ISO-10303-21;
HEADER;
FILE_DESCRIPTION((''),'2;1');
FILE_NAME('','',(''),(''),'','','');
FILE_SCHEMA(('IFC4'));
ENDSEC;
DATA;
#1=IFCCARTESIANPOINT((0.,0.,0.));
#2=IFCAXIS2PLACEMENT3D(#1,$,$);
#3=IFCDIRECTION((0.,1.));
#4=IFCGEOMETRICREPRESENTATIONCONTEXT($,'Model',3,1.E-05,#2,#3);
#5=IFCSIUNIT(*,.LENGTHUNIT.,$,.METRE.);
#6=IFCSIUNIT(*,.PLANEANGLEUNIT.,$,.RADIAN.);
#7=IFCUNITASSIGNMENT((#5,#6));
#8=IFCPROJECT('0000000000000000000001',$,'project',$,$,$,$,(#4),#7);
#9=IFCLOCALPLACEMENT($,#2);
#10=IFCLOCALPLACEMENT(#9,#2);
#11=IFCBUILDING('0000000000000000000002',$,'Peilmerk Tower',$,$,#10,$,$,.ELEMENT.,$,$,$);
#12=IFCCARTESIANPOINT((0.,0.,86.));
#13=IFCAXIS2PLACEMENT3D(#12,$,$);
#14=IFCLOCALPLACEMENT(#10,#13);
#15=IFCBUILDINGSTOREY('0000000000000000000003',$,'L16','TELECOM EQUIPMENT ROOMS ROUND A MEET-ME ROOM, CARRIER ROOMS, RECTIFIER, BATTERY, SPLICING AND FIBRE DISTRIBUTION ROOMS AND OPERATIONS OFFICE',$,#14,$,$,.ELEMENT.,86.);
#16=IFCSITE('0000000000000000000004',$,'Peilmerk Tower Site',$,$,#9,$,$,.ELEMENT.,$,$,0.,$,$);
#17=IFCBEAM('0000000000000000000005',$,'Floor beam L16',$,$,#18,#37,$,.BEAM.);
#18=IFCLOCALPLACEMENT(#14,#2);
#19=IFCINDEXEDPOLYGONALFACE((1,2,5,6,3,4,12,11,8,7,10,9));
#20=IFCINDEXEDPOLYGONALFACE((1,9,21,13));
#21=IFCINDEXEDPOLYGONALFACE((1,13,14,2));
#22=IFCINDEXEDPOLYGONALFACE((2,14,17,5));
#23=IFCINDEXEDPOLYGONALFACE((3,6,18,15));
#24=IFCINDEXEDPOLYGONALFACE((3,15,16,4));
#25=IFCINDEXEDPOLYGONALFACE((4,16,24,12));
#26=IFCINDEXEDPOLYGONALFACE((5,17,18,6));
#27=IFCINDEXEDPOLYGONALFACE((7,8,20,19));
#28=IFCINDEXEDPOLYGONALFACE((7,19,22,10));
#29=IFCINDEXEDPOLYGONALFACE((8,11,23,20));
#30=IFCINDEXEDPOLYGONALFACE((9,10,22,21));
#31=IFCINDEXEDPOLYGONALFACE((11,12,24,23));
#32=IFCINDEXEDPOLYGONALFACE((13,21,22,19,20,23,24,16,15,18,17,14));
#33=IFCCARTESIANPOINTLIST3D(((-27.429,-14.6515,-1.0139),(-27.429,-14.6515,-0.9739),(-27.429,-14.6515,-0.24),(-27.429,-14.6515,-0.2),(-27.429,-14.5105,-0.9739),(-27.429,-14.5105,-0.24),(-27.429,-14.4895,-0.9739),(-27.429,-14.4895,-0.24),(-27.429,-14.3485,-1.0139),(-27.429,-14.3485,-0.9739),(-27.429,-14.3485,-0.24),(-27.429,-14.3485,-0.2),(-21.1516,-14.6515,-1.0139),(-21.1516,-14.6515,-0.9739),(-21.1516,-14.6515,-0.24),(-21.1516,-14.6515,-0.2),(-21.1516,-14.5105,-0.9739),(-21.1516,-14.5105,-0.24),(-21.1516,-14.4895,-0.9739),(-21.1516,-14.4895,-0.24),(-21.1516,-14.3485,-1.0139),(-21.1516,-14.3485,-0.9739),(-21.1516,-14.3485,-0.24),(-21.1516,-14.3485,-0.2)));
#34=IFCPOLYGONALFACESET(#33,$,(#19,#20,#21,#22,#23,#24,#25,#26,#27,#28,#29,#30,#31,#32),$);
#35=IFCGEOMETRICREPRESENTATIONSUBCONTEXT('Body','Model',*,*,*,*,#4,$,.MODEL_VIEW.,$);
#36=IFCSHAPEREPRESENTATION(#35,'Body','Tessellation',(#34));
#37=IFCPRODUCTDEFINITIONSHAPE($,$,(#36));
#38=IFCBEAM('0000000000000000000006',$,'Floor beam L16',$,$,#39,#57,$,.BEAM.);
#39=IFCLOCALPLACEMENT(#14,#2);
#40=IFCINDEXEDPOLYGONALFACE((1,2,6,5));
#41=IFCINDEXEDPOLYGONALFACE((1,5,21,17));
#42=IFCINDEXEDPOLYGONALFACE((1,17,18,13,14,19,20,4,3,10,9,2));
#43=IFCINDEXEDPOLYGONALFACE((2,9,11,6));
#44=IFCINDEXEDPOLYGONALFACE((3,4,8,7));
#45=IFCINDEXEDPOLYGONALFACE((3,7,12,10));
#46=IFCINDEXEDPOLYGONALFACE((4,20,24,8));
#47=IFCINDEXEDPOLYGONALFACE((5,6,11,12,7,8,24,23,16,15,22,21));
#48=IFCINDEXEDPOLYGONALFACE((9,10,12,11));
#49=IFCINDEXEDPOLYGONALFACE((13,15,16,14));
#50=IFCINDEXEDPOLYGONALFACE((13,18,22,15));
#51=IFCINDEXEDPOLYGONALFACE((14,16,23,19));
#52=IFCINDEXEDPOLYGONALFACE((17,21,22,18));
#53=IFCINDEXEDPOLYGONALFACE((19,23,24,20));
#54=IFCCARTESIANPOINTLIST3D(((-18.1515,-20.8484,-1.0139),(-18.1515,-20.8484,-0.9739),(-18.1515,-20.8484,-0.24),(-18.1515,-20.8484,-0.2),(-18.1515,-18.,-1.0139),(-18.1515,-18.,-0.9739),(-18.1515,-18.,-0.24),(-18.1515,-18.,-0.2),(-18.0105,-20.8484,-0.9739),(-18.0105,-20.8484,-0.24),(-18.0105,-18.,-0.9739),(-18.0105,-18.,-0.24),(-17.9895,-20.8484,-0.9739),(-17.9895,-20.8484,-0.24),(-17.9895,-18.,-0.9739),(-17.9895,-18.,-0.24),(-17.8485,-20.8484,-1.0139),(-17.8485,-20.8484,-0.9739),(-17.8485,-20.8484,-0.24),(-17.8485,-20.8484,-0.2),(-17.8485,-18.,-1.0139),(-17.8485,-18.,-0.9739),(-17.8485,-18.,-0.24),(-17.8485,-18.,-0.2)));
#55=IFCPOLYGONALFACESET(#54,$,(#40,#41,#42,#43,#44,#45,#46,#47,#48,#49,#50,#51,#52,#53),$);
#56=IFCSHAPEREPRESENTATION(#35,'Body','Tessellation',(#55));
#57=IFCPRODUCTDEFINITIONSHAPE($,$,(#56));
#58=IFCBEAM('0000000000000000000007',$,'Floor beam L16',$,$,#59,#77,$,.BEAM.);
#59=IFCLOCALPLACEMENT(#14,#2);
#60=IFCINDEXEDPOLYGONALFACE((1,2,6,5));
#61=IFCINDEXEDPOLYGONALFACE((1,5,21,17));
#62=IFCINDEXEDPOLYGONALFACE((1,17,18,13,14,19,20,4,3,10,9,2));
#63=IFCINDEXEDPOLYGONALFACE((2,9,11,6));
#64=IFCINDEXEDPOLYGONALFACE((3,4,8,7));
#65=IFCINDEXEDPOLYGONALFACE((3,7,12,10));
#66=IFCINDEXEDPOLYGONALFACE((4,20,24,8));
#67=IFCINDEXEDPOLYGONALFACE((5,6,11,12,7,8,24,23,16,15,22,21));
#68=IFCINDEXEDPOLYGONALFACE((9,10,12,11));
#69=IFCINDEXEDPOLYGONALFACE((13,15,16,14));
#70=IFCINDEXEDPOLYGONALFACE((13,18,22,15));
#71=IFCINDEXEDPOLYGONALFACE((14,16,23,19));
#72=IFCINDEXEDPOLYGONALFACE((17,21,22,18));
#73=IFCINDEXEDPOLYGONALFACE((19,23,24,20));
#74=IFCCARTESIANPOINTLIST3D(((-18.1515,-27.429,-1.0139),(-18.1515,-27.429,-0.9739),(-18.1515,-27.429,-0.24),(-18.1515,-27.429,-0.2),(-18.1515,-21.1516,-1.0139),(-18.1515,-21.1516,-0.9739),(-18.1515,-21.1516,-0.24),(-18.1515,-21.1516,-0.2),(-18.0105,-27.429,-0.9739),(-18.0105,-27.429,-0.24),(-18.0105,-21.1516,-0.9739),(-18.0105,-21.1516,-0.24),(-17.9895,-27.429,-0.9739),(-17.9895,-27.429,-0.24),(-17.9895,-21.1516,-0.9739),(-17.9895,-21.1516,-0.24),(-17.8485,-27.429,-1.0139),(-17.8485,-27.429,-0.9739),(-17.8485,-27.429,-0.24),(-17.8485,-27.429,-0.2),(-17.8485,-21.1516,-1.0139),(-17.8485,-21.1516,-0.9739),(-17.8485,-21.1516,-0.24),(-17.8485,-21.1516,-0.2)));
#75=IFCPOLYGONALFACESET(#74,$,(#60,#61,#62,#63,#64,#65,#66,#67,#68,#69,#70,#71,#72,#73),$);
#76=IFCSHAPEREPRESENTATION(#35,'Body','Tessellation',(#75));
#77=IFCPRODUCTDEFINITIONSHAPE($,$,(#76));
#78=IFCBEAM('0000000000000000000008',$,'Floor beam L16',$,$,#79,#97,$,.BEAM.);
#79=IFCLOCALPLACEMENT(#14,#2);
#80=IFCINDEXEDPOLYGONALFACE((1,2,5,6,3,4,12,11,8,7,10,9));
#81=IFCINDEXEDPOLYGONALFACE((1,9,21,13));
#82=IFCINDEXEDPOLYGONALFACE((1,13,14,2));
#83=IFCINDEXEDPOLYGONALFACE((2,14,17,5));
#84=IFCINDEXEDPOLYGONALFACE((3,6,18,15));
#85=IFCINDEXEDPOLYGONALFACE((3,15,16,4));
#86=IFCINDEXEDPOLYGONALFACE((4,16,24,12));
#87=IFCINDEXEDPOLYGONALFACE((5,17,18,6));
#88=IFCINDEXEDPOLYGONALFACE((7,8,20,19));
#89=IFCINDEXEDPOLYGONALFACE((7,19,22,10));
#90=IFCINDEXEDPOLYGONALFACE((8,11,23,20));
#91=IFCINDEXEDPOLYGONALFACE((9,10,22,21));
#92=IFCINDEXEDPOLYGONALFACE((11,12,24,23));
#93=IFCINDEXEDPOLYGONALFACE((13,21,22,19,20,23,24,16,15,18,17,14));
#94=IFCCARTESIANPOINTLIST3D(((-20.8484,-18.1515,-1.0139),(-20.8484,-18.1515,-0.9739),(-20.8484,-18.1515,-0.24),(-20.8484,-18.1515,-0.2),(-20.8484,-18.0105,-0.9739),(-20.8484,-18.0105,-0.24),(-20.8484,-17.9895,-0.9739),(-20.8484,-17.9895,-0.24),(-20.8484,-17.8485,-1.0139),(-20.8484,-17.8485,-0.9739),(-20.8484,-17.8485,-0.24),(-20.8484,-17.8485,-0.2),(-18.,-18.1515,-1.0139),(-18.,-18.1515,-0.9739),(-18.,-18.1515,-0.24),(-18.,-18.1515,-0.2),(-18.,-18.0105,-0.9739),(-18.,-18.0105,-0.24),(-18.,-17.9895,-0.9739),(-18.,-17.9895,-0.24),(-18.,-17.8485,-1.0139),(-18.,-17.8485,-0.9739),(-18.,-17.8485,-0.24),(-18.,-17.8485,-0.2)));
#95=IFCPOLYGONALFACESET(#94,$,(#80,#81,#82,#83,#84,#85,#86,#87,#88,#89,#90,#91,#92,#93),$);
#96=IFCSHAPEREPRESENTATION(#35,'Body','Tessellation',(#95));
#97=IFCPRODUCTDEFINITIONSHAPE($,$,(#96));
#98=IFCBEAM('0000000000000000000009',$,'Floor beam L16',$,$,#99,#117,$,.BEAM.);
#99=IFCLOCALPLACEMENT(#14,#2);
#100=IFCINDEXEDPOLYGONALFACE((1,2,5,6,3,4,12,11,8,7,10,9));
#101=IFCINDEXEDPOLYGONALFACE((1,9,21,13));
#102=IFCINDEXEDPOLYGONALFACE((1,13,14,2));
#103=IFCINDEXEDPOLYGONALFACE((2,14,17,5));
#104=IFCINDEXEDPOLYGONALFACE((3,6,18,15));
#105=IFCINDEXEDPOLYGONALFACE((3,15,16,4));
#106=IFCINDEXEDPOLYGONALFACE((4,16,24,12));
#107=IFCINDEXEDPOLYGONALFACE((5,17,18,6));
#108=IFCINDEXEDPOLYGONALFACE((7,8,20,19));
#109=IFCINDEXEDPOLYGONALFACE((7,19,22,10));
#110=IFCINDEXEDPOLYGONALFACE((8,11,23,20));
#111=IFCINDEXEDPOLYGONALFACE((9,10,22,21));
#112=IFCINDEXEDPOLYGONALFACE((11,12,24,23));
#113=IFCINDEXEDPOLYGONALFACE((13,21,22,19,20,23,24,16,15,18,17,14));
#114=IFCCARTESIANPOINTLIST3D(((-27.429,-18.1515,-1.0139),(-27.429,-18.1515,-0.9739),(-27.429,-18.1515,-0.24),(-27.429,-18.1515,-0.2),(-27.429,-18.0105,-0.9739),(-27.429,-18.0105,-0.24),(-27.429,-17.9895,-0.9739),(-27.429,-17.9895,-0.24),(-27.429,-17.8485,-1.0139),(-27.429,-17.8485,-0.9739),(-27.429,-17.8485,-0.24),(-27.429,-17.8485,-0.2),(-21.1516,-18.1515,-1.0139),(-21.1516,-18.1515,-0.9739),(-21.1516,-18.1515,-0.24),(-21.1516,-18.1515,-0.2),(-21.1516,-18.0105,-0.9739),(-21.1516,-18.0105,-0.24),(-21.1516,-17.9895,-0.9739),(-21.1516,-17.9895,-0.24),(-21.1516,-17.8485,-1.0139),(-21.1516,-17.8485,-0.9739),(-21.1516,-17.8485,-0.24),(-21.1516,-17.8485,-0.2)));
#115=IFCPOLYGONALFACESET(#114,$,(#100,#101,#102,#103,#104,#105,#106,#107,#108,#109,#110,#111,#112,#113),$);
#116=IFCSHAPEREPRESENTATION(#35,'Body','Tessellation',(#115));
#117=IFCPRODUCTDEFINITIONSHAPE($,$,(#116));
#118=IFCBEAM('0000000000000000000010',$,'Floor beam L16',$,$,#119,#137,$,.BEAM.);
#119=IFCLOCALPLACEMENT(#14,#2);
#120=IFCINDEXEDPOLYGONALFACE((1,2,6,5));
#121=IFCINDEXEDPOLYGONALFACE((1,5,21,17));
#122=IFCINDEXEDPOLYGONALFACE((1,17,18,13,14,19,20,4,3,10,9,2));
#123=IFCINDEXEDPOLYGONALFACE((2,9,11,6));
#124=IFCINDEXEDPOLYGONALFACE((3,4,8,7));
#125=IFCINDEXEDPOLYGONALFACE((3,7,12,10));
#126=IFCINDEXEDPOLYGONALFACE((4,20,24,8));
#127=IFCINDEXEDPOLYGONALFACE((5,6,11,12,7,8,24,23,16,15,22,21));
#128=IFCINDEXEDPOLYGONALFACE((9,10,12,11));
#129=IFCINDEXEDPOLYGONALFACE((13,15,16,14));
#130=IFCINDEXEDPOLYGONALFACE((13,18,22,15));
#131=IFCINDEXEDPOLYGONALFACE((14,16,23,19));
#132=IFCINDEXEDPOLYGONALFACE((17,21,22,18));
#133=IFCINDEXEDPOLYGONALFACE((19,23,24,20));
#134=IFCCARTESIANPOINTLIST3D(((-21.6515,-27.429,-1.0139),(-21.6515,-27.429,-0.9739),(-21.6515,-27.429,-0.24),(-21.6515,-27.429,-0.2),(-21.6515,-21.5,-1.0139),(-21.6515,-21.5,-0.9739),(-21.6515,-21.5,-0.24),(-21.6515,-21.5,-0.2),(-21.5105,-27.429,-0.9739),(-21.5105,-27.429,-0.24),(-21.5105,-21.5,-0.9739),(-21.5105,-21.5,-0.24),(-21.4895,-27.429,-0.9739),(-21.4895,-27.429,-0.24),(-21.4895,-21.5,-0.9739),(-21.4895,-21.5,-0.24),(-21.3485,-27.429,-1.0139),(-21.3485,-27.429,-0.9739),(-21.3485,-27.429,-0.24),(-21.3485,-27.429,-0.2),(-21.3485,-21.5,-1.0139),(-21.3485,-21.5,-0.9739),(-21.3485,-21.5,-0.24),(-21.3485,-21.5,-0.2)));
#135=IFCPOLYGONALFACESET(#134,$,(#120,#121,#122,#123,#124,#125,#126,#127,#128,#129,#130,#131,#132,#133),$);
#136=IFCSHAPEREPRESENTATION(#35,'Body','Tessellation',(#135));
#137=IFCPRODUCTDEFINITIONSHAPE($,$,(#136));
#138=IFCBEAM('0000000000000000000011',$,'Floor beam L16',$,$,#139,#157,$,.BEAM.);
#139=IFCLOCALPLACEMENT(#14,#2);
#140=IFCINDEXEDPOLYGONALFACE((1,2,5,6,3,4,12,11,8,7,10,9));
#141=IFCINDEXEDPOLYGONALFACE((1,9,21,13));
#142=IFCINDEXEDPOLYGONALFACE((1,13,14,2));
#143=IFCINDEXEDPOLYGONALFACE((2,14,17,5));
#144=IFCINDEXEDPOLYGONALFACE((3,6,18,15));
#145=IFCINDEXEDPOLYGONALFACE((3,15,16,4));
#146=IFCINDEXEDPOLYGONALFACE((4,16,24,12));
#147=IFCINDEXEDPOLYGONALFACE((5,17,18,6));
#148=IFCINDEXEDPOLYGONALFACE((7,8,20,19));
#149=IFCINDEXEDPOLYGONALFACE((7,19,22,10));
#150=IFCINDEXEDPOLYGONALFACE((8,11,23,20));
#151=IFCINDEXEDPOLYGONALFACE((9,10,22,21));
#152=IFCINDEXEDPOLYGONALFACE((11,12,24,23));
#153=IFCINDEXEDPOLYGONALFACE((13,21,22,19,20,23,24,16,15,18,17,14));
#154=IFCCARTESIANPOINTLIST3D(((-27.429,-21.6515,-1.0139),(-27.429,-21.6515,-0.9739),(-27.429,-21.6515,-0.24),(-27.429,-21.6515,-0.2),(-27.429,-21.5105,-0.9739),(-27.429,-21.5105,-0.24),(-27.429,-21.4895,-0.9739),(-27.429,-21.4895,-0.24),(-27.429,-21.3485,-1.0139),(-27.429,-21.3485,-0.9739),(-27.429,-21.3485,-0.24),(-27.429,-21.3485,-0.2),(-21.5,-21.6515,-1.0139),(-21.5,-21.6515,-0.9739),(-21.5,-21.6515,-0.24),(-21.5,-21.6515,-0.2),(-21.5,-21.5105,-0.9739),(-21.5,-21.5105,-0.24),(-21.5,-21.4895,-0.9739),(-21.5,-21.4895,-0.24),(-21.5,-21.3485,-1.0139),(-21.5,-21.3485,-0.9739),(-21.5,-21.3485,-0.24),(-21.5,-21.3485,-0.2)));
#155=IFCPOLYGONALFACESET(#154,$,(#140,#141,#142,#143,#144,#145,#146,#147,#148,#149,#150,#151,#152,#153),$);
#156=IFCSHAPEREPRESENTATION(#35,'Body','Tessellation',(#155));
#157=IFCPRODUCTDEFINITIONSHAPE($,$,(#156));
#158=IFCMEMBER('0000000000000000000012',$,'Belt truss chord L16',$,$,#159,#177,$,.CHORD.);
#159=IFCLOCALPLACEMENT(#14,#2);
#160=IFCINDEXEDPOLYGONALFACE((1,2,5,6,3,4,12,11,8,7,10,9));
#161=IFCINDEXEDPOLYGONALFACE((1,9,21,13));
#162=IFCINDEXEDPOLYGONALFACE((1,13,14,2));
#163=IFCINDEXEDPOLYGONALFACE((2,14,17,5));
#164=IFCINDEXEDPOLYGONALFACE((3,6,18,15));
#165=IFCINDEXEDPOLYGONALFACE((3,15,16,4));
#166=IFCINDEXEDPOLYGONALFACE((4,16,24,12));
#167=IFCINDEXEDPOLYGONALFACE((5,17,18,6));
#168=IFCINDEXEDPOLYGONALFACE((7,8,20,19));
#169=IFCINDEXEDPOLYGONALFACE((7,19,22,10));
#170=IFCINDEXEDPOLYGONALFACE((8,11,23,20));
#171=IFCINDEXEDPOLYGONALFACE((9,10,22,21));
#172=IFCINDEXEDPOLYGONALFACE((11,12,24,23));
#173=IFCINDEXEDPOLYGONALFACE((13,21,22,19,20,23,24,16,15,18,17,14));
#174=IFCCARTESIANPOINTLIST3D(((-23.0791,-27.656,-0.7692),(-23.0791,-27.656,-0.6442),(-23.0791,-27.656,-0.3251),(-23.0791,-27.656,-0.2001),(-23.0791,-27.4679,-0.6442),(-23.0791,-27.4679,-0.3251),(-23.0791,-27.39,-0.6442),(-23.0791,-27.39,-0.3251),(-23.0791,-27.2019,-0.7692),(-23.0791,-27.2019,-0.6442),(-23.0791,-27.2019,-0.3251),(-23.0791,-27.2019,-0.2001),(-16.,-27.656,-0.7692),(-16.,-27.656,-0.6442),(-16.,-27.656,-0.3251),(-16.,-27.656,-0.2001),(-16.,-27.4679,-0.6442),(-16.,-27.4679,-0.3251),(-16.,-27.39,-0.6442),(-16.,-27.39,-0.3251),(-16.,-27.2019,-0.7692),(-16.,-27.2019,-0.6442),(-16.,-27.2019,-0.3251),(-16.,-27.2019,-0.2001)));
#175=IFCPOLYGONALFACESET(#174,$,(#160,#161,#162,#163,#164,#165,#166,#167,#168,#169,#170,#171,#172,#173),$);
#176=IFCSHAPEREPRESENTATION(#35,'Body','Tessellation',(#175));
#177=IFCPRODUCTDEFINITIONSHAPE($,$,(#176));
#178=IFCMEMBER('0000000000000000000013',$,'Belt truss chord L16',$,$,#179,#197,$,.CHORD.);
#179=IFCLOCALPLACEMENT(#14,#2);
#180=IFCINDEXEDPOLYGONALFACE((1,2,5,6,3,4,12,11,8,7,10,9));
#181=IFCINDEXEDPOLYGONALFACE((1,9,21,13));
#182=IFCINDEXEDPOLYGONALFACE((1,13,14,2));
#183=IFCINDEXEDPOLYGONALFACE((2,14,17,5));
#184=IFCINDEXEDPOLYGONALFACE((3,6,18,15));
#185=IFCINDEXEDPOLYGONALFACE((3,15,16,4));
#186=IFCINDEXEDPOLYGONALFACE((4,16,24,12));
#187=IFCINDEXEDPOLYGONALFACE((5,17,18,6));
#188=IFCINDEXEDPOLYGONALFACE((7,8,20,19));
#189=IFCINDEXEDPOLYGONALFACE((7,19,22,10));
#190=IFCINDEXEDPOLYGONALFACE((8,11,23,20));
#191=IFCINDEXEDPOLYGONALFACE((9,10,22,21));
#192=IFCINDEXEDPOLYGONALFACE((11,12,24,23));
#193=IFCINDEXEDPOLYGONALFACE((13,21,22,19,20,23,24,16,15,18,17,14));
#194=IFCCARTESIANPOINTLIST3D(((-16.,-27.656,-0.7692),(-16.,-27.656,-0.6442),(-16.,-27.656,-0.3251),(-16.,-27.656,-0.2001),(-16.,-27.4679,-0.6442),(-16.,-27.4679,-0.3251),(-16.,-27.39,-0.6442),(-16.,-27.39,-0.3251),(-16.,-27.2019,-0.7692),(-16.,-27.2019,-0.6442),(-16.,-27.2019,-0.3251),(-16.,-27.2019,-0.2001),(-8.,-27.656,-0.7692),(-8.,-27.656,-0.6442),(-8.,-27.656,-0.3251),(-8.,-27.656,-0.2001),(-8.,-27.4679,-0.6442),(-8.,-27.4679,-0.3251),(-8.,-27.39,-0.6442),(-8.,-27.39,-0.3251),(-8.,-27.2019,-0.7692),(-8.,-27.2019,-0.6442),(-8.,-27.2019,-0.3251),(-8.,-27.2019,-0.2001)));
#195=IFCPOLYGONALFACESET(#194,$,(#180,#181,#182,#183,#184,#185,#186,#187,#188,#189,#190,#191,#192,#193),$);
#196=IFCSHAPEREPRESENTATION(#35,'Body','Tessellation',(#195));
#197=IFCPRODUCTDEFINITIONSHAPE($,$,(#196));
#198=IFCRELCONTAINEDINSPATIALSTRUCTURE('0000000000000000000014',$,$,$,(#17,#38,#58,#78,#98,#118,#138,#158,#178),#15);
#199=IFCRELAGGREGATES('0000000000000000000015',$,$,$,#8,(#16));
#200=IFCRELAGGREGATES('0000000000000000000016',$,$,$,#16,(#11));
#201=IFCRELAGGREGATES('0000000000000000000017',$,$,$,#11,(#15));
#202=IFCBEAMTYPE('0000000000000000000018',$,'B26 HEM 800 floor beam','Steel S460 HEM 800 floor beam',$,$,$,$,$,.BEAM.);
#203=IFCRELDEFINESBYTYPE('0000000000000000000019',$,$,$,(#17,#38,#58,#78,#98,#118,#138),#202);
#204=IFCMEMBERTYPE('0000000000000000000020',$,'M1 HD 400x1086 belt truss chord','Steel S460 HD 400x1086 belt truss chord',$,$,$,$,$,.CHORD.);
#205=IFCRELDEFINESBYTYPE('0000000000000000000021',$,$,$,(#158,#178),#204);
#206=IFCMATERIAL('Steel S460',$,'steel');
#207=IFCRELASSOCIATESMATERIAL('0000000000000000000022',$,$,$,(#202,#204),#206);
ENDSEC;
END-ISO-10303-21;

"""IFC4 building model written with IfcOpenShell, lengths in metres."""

from ifc_helpers import new_model, si_unit, direction, frame, origin, origin_2d, place, context, subcontext, project, spatial, i_section, extrude, material, material_profile, profile_set, type_object, element, save


model = new_model("IFC4")

# Units and contexts
model_context = context("Model", 3, precision=1e-05, world=origin(), true_north=direction((0.0, 1.0)))
body_context = subcontext(model_context, "Body", "Model", "MODEL_VIEW")
ifc_project = project(units=[si_unit("LENGTHUNIT", "METRE"), si_unit("PLANEANGLEUNIT", "RADIAN")], contexts=[model_context])

# Site, building, storey
site_placement = place(None, origin())
site = spatial("IfcSite", under=ifc_project, at=site_placement, Name="Peilmerk Tower Site", CompositionType="ELEMENT", RefElevation=0.0)
building_placement = place(site_placement, origin())
building = spatial("IfcBuilding", under=site, at=building_placement, Name="Peilmerk Tower", CompositionType="ELEMENT")
storey_placement = place(building_placement, frame((0.0, 0.0, 86.0)))
storey = spatial("IfcBuildingStorey", under=building, at=storey_placement, Name="L16", Description="TELECOM EQUIPMENT ROOMS ROUND A MEET-ME ROOM, CARRIER ROOMS, RECTIFIER, BATTERY, SPLICING AND FIBRE DISTRIBUTION ROOMS AND OPERATIONS OFFICE", CompositionType="ELEMENT", Elevation=86.0)

# Shared definitions
ifc_material_1 = material(Name="Steel S460", Category="steel")

# Beams
ifc_material_profile_1 = material_profile(ifc_material_1, i_section(OverallWidth=0.303, OverallDepth=0.814, WebThickness=0.021, FlangeThickness=0.04, at=origin_2d()), Name="HEM 800")
ifc_profile_set_1 = profile_set([ifc_material_profile_1], Name="Steel S460")
beam_type_1 = type_object("IfcBeamType", Name="B26 HEM 800 floor beam", Description="Steel S460 HEM 800 floor beam", PredefinedType="BEAM", material=ifc_profile_set_1)
beam_1_placement = place(storey_placement, frame((-21.1516, -14.5, -0.6069), z_axis=(-1.0, 0.0, 0.0), x_axis=(0.0, -1.0, 0.0)))
element("IfcBeam", 1, at=beam_1_placement, inside=storey, type_object=beam_type_1, Name="Floor beam L16", PredefinedType="BEAM", context=body_context, shape_type="SweptSolid", body=[
    extrude(i_section(OverallWidth=0.303, OverallDepth=0.814, WebThickness=0.021, FlangeThickness=0.04, at=origin_2d()), origin(), (0.0, 0.0, 1.0), 6.2773),
])
beam_2_placement = place(storey_placement, frame((-18.0, -18.0, -0.6069), z_axis=(0.0, -1.0, 0.0), x_axis=(1.0, 0.0, 0.0)))
element("IfcBeam", 2, at=beam_2_placement, inside=storey, type_object=beam_type_1, Name="Floor beam L16", PredefinedType="BEAM", context=body_context, shape_type="SweptSolid", body=[
    extrude(i_section(OverallWidth=0.303, OverallDepth=0.814, WebThickness=0.021, FlangeThickness=0.04, at=origin_2d()), origin(), (0.0, 0.0, 1.0), 2.8484),
])
beam_3_placement = place(storey_placement, frame((-18.0, -21.1516, -0.6069), z_axis=(0.0, -1.0, 0.0), x_axis=(1.0, 0.0, 0.0)))
element("IfcBeam", 3, at=beam_3_placement, inside=storey, type_object=beam_type_1, Name="Floor beam L16", PredefinedType="BEAM", context=body_context, shape_type="SweptSolid", body=[
    extrude(i_section(OverallWidth=0.303, OverallDepth=0.814, WebThickness=0.021, FlangeThickness=0.04, at=origin_2d()), origin(), (0.0, 0.0, 1.0), 6.2773),
])
beam_4_placement = place(storey_placement, frame((-18.0, -18.0, -0.6069), z_axis=(-1.0, 0.0, 0.0), x_axis=(0.0, -1.0, 0.0)))
element("IfcBeam", 4, at=beam_4_placement, inside=storey, type_object=beam_type_1, Name="Floor beam L16", PredefinedType="BEAM", context=body_context, shape_type="SweptSolid", body=[
    extrude(i_section(OverallWidth=0.303, OverallDepth=0.814, WebThickness=0.021, FlangeThickness=0.04, at=origin_2d()), origin(), (0.0, 0.0, 1.0), 2.8484),
])
beam_5_placement = place(storey_placement, frame((-21.1516, -18.0, -0.6069), z_axis=(-1.0, 0.0, 0.0), x_axis=(0.0, -1.0, 0.0)))
element("IfcBeam", 5, at=beam_5_placement, inside=storey, type_object=beam_type_1, Name="Floor beam L16", PredefinedType="BEAM", context=body_context, shape_type="SweptSolid", body=[
    extrude(i_section(OverallWidth=0.303, OverallDepth=0.814, WebThickness=0.021, FlangeThickness=0.04, at=origin_2d()), origin(), (0.0, 0.0, 1.0), 6.2773),
])
for number, where, z_axis, x_axis, name in (
    (6, (-21.5, -21.5, -0.6069), (0.0, -1.0, 0.0), (1.0, 0.0, 0.0), "Floor beam L16"),
    (7, (-21.5, -21.5, -0.6069), (-1.0, 0.0, 0.0), (0.0, -1.0, 0.0), "Floor beam L16"),
):
    element("IfcBeam", number, at=place(storey_placement, frame(where, z_axis=z_axis, x_axis=x_axis)), inside=storey, type_object=beam_type_1, Name=name, PredefinedType="BEAM", context=body_context, shape_type="SweptSolid", body=[
        extrude(i_section(OverallWidth=0.303, OverallDepth=0.814, WebThickness=0.021, FlangeThickness=0.04, at=origin_2d()), origin(), (0.0, 0.0, 1.0), 5.929),
    ])

# Members
ifc_material_profile_2 = material_profile(ifc_material_1, i_section(OverallWidth=0.4541, OverallDepth=0.5691, WebThickness=0.0779, FlangeThickness=0.125, at=origin_2d()), Name="HD 400x1086")
ifc_profile_set_2 = profile_set([ifc_material_profile_2], Name="Steel S460")
member_type = type_object("IfcMemberType", Name="M1 HD 400x1086 belt truss chord", Description="Steel S460 HD 400x1086 belt truss chord", PredefinedType="CHORD", material=ifc_profile_set_2)
member_1_placement = place(storey_placement, frame((-23.0791, -27.429, -0.4846), z_axis=(1.0, 0.0, 0.0), x_axis=(0.0, 1.0, 0.0)))
element("IfcMember", 8, at=member_1_placement, inside=storey, type_object=member_type, Name="Belt truss chord L16", PredefinedType="CHORD", context=body_context, shape_type="SweptSolid", body=[
    extrude(i_section(OverallWidth=0.4541, OverallDepth=0.5691, WebThickness=0.0779, FlangeThickness=0.125, at=origin_2d()), origin(), (0.0, 0.0, 1.0), 7.0791),
])
member_2_placement = place(storey_placement, frame((-16.0, -27.429, -0.4846), z_axis=(1.0, 0.0, 0.0), x_axis=(0.0, 1.0, 0.0)))
element("IfcMember", 9, at=member_2_placement, inside=storey, type_object=member_type, Name="Belt truss chord L16", PredefinedType="CHORD", context=body_context, shape_type="SweptSolid", body=[
    extrude(i_section(OverallWidth=0.4541, OverallDepth=0.5691, WebThickness=0.0779, FlangeThickness=0.125, at=origin_2d()), origin(), (0.0, 0.0, 1.0), 8.0),
])

save(model, "model.ifc")
